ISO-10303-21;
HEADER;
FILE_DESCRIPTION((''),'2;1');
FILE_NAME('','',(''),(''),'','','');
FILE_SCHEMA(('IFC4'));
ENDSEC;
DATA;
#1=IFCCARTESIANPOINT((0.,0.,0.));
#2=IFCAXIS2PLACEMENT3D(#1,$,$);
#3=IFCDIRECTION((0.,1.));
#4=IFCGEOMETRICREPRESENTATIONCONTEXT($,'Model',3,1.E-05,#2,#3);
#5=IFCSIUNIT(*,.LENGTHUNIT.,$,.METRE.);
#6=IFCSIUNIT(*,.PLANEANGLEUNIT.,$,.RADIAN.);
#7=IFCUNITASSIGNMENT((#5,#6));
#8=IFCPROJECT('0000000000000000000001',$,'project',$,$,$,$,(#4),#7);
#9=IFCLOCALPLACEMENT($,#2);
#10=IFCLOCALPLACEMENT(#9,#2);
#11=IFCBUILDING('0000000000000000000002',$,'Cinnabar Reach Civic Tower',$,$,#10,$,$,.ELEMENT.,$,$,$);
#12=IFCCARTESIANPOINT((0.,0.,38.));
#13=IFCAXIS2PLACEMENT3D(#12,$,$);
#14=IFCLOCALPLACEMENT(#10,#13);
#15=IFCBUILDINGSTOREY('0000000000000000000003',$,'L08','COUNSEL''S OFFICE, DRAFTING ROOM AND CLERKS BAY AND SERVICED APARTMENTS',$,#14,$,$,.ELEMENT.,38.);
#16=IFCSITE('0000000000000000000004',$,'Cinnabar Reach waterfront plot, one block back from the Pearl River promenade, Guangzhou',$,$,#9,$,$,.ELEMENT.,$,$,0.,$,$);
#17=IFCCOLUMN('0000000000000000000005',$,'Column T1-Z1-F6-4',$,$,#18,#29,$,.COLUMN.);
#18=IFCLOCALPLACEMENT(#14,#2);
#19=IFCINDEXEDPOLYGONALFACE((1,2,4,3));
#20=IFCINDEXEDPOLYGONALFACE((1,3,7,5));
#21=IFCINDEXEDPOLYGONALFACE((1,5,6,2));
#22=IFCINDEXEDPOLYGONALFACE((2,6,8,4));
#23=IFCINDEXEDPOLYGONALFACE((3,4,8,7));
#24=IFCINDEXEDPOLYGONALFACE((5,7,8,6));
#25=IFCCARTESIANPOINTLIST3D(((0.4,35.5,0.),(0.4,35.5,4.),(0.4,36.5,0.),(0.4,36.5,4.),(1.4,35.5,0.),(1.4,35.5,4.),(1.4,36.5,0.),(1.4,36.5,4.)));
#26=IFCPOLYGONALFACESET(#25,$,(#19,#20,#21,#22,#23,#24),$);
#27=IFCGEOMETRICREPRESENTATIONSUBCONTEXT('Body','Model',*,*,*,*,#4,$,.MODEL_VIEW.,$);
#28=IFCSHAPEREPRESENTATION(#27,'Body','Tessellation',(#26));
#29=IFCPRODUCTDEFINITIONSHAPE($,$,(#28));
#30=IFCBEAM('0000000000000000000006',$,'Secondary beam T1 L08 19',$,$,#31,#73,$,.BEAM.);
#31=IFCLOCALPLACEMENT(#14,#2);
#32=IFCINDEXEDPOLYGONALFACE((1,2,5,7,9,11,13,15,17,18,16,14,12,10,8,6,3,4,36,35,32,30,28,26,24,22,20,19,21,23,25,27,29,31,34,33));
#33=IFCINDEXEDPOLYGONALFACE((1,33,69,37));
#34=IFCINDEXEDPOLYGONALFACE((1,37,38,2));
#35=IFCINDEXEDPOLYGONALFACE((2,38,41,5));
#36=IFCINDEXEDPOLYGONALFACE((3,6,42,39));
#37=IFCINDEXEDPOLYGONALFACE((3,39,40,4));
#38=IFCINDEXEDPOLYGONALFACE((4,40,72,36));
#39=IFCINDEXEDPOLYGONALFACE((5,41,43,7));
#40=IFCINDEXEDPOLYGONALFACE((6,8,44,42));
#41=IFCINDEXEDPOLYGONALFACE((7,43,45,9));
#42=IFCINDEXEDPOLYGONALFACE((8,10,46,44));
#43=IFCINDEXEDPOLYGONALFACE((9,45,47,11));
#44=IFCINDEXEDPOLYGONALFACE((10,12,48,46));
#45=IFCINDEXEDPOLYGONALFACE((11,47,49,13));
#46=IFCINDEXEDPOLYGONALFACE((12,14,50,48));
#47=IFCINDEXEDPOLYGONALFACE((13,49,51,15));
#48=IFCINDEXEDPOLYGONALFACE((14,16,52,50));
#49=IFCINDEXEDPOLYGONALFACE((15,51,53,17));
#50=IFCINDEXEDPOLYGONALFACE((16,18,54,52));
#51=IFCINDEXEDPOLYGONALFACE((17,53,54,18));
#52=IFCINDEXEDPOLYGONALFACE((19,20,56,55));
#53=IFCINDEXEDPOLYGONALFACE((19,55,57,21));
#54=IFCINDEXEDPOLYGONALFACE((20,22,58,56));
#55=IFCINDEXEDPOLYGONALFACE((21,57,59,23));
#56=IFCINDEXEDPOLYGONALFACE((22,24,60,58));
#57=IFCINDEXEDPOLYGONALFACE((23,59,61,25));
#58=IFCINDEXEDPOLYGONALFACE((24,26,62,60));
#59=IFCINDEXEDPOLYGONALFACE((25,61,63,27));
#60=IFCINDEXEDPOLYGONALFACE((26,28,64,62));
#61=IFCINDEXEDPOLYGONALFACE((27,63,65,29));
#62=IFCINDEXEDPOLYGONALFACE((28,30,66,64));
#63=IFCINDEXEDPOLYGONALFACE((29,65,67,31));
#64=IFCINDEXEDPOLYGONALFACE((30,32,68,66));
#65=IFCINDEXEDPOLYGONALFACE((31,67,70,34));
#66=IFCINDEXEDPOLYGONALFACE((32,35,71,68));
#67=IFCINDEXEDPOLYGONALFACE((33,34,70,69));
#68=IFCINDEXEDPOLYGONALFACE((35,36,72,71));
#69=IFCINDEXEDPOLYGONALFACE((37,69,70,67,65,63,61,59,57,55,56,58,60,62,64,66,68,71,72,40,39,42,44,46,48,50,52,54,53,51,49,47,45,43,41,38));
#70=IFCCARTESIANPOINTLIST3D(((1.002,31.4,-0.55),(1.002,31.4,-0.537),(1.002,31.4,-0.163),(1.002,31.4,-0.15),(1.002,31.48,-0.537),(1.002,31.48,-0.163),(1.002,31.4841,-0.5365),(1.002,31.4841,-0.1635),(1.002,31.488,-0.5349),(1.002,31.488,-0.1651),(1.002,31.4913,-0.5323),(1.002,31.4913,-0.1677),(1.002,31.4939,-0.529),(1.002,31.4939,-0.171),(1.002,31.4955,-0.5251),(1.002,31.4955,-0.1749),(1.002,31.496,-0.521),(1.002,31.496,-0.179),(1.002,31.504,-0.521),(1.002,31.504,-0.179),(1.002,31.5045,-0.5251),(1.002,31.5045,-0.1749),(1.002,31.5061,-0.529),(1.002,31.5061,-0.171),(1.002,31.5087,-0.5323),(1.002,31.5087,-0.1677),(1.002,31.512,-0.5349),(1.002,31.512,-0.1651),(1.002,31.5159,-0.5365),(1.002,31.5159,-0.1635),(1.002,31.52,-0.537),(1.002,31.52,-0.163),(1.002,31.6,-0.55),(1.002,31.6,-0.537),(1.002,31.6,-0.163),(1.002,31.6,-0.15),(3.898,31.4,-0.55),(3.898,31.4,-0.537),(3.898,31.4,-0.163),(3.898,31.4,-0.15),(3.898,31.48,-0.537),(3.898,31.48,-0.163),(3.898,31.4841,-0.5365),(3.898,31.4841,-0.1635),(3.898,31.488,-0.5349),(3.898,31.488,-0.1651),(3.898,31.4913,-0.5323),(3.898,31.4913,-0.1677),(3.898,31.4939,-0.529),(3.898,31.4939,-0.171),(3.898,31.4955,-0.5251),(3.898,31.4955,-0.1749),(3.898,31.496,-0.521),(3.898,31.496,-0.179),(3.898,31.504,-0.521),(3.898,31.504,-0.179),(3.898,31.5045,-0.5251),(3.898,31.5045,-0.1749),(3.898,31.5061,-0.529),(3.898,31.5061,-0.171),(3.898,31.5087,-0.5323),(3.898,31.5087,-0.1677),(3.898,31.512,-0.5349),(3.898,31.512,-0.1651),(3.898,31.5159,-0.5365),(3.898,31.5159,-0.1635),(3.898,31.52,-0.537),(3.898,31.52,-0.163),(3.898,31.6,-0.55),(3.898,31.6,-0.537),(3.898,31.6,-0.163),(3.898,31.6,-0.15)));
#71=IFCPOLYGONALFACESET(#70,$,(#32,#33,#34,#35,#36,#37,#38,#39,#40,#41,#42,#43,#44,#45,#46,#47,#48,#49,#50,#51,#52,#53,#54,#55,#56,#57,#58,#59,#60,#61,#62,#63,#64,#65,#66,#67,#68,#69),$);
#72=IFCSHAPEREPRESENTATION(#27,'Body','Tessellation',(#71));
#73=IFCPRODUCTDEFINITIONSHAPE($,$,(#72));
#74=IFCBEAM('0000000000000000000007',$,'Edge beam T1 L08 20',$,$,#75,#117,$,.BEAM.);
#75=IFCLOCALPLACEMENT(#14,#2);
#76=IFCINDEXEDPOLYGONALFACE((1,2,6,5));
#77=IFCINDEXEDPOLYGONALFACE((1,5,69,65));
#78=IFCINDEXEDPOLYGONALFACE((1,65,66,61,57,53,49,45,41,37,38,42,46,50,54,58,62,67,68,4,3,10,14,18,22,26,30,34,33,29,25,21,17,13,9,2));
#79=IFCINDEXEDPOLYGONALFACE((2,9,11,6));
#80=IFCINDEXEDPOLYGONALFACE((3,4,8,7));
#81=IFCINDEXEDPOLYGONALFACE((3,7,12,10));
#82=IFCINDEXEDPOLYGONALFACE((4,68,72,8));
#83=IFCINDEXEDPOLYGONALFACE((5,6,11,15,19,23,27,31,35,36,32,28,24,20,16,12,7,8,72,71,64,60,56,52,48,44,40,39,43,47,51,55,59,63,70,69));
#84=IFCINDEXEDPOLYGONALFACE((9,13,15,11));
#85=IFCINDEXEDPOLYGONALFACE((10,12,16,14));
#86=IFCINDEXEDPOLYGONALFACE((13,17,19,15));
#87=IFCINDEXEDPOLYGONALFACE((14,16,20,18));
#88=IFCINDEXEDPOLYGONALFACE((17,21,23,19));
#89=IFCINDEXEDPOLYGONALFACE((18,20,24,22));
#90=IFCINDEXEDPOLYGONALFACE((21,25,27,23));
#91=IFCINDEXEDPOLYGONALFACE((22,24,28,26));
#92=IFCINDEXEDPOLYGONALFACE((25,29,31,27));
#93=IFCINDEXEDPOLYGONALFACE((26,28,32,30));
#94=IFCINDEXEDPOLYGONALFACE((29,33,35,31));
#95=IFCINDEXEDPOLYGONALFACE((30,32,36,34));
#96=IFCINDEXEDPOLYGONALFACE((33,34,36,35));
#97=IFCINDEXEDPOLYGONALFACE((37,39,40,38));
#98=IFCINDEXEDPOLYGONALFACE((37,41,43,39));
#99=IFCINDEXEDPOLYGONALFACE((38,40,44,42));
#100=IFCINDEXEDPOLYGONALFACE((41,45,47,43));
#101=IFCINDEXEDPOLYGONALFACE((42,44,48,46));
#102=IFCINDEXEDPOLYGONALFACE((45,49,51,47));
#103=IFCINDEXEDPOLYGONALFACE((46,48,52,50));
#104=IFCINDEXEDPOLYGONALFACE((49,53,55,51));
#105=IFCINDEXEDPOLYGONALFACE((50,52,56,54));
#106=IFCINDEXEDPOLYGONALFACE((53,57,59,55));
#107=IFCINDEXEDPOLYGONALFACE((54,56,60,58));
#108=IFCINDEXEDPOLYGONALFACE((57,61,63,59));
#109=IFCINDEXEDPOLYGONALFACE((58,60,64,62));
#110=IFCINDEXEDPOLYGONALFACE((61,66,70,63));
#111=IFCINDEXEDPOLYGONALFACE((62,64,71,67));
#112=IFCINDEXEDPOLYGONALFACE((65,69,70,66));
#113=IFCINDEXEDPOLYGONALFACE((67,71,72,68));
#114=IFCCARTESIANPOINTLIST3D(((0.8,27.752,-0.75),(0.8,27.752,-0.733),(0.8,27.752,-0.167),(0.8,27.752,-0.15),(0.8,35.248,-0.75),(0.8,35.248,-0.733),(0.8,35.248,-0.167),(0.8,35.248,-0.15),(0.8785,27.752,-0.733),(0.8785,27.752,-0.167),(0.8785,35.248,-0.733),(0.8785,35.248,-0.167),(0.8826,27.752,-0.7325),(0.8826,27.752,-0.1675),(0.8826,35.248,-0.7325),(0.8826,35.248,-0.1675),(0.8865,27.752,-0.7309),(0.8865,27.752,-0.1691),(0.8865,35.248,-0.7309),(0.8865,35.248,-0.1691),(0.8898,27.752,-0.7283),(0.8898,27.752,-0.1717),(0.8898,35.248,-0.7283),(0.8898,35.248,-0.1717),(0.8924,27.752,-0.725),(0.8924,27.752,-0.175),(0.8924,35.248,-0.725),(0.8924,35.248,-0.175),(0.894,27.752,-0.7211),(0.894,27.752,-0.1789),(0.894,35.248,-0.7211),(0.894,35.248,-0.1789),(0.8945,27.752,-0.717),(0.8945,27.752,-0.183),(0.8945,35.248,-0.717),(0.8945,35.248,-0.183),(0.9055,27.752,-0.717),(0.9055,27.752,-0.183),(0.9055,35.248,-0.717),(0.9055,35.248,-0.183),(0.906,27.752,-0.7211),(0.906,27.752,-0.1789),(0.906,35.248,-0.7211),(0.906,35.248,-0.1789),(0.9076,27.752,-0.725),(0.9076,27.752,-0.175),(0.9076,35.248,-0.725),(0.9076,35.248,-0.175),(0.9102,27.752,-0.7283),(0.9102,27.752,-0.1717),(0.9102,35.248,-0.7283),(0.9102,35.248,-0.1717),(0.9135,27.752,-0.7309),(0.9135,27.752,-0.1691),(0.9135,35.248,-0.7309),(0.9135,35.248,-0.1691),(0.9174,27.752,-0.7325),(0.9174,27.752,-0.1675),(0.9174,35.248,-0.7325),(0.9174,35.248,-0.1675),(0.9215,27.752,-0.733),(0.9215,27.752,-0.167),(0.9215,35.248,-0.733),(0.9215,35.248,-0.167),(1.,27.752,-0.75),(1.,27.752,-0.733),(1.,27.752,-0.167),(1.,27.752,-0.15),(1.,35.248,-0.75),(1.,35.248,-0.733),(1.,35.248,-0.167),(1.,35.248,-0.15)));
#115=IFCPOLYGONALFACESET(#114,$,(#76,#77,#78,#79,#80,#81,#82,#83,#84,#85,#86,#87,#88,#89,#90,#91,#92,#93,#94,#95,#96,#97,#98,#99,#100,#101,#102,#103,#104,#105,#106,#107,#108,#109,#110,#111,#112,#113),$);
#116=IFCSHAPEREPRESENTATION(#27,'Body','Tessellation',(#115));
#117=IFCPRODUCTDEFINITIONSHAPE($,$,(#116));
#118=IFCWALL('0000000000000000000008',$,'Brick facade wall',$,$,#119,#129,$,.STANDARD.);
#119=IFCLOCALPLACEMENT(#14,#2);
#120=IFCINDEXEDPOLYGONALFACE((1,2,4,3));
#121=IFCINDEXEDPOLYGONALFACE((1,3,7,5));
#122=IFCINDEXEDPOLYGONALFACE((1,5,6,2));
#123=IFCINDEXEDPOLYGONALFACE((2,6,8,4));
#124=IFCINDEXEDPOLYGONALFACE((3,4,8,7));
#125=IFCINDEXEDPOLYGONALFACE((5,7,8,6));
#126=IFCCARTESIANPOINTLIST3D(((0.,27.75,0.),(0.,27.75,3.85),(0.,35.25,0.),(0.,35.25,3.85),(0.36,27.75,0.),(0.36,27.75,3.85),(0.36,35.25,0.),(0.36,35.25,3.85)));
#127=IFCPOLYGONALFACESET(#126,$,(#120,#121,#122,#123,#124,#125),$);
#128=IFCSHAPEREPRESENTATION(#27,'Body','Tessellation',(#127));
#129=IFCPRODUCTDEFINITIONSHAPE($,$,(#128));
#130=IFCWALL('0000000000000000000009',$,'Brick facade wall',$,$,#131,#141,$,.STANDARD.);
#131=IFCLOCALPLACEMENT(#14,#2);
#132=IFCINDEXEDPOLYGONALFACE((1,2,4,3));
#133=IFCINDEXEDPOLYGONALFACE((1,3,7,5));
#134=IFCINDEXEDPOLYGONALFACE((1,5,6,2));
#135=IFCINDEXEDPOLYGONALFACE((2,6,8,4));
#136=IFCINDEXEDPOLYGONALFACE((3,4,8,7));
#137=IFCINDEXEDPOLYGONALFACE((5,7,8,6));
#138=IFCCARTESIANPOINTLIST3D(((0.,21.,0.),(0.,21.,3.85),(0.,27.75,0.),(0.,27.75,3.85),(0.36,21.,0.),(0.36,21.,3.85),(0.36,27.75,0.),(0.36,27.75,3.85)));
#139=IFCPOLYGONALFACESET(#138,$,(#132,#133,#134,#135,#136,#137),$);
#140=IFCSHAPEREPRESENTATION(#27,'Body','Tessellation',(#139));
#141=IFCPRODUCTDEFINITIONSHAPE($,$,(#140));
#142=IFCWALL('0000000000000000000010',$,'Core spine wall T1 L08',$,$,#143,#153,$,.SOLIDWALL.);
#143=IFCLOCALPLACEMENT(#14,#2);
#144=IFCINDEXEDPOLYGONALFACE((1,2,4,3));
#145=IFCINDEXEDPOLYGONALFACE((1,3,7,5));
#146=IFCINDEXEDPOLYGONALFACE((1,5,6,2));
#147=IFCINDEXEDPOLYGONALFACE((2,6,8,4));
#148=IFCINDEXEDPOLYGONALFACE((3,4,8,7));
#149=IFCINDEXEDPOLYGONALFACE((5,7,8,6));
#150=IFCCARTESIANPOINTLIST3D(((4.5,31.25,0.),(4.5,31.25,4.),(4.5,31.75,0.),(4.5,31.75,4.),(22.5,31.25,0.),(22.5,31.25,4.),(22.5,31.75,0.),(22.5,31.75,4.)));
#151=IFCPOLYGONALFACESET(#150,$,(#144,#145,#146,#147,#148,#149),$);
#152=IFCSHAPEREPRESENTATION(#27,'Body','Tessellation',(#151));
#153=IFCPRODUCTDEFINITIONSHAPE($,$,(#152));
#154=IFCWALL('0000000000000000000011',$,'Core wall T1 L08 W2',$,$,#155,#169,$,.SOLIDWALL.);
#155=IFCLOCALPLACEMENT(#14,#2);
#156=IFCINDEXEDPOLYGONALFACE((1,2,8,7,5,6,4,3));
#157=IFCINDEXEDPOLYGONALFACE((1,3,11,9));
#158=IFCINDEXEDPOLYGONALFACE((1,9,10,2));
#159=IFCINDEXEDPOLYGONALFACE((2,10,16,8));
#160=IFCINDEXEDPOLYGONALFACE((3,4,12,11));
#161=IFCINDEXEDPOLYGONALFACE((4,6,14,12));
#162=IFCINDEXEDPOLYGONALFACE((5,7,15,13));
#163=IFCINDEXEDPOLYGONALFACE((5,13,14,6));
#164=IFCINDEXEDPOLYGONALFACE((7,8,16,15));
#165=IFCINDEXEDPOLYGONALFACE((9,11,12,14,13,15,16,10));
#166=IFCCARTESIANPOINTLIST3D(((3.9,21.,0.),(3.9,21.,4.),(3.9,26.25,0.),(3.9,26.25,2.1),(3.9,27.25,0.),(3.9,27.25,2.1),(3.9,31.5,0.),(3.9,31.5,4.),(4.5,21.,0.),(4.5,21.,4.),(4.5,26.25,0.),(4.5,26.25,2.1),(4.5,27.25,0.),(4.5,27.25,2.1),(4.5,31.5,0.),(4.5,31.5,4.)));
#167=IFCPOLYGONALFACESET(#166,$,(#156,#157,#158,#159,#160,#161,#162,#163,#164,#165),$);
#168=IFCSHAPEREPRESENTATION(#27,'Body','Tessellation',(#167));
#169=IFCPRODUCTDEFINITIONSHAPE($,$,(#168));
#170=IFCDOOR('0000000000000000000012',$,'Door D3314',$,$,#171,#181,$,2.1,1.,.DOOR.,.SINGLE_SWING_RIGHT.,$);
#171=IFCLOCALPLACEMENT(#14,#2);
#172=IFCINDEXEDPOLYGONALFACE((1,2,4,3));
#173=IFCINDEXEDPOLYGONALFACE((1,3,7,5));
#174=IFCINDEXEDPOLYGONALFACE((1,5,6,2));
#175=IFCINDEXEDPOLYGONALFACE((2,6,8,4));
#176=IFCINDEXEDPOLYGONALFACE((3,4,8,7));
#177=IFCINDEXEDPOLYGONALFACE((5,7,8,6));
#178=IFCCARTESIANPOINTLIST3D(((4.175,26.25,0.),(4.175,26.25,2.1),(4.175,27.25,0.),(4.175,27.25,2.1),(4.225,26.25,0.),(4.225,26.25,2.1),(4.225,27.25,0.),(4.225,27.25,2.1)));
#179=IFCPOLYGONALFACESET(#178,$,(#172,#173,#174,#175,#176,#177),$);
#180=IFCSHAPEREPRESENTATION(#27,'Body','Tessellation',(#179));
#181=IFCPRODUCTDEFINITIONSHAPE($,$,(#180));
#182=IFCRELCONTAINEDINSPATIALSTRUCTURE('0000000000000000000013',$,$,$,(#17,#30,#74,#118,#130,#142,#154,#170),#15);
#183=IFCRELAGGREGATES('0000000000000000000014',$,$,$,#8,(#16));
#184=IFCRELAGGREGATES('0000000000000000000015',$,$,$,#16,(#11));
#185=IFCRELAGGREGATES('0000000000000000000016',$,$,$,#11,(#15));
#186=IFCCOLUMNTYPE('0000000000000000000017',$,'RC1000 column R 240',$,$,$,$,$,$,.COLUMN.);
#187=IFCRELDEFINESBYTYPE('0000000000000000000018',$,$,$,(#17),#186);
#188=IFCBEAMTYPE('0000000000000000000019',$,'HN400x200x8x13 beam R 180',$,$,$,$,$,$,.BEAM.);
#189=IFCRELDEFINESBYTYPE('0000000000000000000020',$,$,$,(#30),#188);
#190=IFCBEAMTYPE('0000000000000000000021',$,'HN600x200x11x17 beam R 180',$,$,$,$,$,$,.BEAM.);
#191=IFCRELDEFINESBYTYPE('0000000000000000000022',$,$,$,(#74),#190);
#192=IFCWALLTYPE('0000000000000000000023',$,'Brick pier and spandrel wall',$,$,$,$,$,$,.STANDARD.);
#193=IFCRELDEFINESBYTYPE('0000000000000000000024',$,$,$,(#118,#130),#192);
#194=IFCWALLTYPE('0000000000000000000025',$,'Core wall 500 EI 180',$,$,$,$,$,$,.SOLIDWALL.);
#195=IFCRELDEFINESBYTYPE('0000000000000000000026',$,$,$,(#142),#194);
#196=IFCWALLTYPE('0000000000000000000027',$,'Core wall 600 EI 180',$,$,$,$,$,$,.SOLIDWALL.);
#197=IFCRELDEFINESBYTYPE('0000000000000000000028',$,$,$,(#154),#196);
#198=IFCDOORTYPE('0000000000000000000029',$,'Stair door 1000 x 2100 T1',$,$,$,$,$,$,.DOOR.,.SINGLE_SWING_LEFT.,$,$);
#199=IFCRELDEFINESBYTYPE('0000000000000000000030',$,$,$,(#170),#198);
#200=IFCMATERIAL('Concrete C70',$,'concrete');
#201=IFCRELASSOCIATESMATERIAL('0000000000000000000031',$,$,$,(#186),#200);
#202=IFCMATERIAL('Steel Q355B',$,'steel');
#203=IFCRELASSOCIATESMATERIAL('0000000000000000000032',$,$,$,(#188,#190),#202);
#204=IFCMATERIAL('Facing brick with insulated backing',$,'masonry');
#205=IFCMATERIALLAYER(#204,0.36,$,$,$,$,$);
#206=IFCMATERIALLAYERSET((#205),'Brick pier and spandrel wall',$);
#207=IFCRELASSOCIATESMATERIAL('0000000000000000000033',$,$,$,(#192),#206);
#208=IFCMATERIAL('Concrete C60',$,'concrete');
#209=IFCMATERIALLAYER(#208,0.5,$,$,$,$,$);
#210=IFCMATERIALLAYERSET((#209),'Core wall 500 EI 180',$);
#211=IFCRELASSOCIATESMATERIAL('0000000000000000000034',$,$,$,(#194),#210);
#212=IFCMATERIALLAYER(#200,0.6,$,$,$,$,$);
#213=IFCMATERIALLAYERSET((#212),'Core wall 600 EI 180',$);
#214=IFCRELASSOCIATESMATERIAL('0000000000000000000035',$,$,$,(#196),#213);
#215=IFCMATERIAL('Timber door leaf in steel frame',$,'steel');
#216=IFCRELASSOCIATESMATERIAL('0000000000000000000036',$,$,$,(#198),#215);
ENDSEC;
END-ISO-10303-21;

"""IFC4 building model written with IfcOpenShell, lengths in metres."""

from ifc_helpers import new_model, si_unit, direction, frame, frame_2d, origin, origin_2d, place, context, subcontext, project, spatial, rectangle, i_section, extrude, material, layer, layer_set, material_profile, profile_set, type_object, element, fill, save


model = new_model("IFC4")

# Units and contexts
model_context = context("Model", 3, precision=1e-05, world=origin(), true_north=direction((0.0, 1.0)))
body_context = subcontext(model_context, "Body", "Model", "MODEL_VIEW")
ifc_project = project(units=[si_unit("LENGTHUNIT", "METRE"), si_unit("PLANEANGLEUNIT", "RADIAN")], contexts=[model_context])

# Site, building, storey
site_placement = place(None, origin())
site = spatial("IfcSite", under=ifc_project, at=site_placement, Name="Cinnabar Reach waterfront plot, one block back from the Pearl River promenade, Guangzhou", CompositionType="ELEMENT", RefElevation=0.0)
building_placement = place(site_placement, origin())
building = spatial("IfcBuilding", under=site, at=building_placement, Name="Cinnabar Reach Civic Tower", CompositionType="ELEMENT")
storey_placement = place(building_placement, frame((0.0, 0.0, 38.0)))
storey = spatial("IfcBuildingStorey", under=building, at=storey_placement, Name="L08", Description="COUNSEL'S OFFICE, DRAFTING ROOM AND CLERKS BAY AND SERVICED APARTMENTS", CompositionType="ELEMENT", Elevation=38.0)

# Column
ifc_material_1 = material(Name="Concrete C70", Category="concrete")
ifc_material_profile_1 = material_profile(ifc_material_1, rectangle(XDim=1.0, YDim=1.0, at=origin_2d()), Name="RC1000")
ifc_profile_set_1 = profile_set([ifc_material_profile_1], Name="Concrete C70")
column_type = type_object("IfcColumnType", Name="RC1000 column R 240", PredefinedType="COLUMN", material=ifc_profile_set_1)
column_placement = place(storey_placement, frame((0.9, 36.0, 0.0), z_axis=(0.0, 0.0, 1.0), x_axis=(1.0, 0.0, 0.0)))
element("IfcColumn", 1, at=column_placement, inside=storey, type_object=column_type, Name="Column T1-Z1-F6-4", PredefinedType="COLUMN", context=body_context, shape_type="SweptSolid", body=[
    extrude(rectangle(XDim=1.0, YDim=1.0, at=origin_2d()), origin(), (0.0, 0.0, 1.0), 4.0),
])

# Beams
ifc_material_2 = material(Name="Steel Q355B", Category="steel")
ifc_material_profile_2 = material_profile(ifc_material_2, i_section(OverallWidth=0.2, OverallDepth=0.4, WebThickness=0.008, FlangeThickness=0.013, FilletRadius=0.016, at=origin_2d()), Name="HN400x200x8x13")
ifc_profile_set_2 = profile_set([ifc_material_profile_2], Name="Steel Q355B")
beam_type_1 = type_object("IfcBeamType", Name="HN400x200x8x13 beam R 180", PredefinedType="BEAM", material=ifc_profile_set_2)
beam_1_placement = place(storey_placement, frame((1.002, 31.5, -0.35), z_axis=(1.0, 0.0, 0.0), x_axis=(0.0, 1.0, 0.0)))
element("IfcBeam", 2, at=beam_1_placement, inside=storey, type_object=beam_type_1, Name="Secondary beam T1 L08 19", PredefinedType="BEAM", context=body_context, shape_type="SweptSolid", body=[
    extrude(i_section(OverallWidth=0.2, OverallDepth=0.4, WebThickness=0.008, FlangeThickness=0.013, FilletRadius=0.016, at=origin_2d()), origin(), (0.0, 0.0, 1.0), 2.896),
])
ifc_material_profile_3 = material_profile(ifc_material_2, i_section(OverallWidth=0.2, OverallDepth=0.6, WebThickness=0.011, FlangeThickness=0.017, FilletRadius=0.016, at=origin_2d()), Name="HN600x200x11x17")
ifc_profile_set_3 = profile_set([ifc_material_profile_3], Name="Steel Q355B")
beam_type_2 = type_object("IfcBeamType", Name="HN600x200x11x17 beam R 180", PredefinedType="BEAM", material=ifc_profile_set_3)
beam_2_placement = place(storey_placement, frame((0.9, 35.248, -0.45), z_axis=(0.0, -1.0, 0.0), x_axis=(1.0, 0.0, 0.0)))
element("IfcBeam", 3, at=beam_2_placement, inside=storey, type_object=beam_type_2, Name="Edge beam T1 L08 20", PredefinedType="BEAM", context=body_context, shape_type="SweptSolid", body=[
    extrude(i_section(OverallWidth=0.2, OverallDepth=0.6, WebThickness=0.011, FlangeThickness=0.017, FilletRadius=0.016, at=origin_2d()), origin(), (0.0, 0.0, 1.0), 7.496),
])

# Walls
ifc_material_3 = material(Name="Facing brick with insulated backing", Category="masonry")
ifc_layer_1 = layer(ifc_material_3, 0.36)
ifc_layer_set_1 = layer_set([ifc_layer_1], Name="Brick pier and spandrel wall")
wall_type_1 = type_object("IfcWallType", Name="Brick pier and spandrel wall", PredefinedType="STANDARD", material=ifc_layer_set_1)
wall_1_placement = place(storey_placement, frame((0.18, 35.25, 0.0), z_axis=(0.0, 0.0, 1.0), x_axis=(0.0, -1.0, 0.0)))
element("IfcWall", 4, at=wall_1_placement, inside=storey, type_object=wall_type_1, Name="Brick facade wall", PredefinedType="STANDARD", context=body_context, shape_type="SweptSolid", body=[
    extrude(rectangle(XDim=7.5, YDim=0.36, at=frame_2d((3.75, 0.0))), origin(), (0.0, 0.0, 1.0), 3.85),
])
wall_2_placement = place(storey_placement, frame((0.18, 27.75, 0.0), z_axis=(0.0, 0.0, 1.0), x_axis=(0.0, -1.0, 0.0)))
element("IfcWall", 5, at=wall_2_placement, inside=storey, type_object=wall_type_1, Name="Brick facade wall", PredefinedType="STANDARD", context=body_context, shape_type="SweptSolid", body=[
    extrude(rectangle(XDim=6.75, YDim=0.36, at=frame_2d((3.375, 0.0))), origin(), (0.0, 0.0, 1.0), 3.85),
])
ifc_material_4 = material(Name="Concrete C60", Category="concrete")
ifc_layer_2 = layer(ifc_material_4, 0.5)
ifc_layer_set_2 = layer_set([ifc_layer_2], Name="Core wall 500 EI 180")
wall_type_2 = type_object("IfcWallType", Name="Core wall 500 EI 180", PredefinedType="SOLIDWALL", material=ifc_layer_set_2)
wall_3_placement = place(storey_placement, frame((4.5, 31.5, 0.0), z_axis=(0.0, 0.0, 1.0), x_axis=(1.0, 0.0, 0.0)))
element("IfcWall", 6, at=wall_3_placement, inside=storey, type_object=wall_type_2, Name="Core spine wall T1 L08", PredefinedType="SOLIDWALL", context=body_context, shape_type="SweptSolid", body=[
    extrude(rectangle(XDim=18.0, YDim=0.5, at=frame_2d((9.0, 0.0))), origin(), (0.0, 0.0, 1.0), 4.0),
])

# Wall, opening, door
ifc_layer_3 = layer(ifc_material_1, 0.6)
ifc_layer_set_3 = layer_set([ifc_layer_3], Name="Core wall 600 EI 180")
wall_type_3 = type_object("IfcWallType", Name="Core wall 600 EI 180", PredefinedType="SOLIDWALL", material=ifc_layer_set_3)
wall_4_placement = place(storey_placement, frame((4.2, 31.5, 0.0), z_axis=(0.0, 0.0, 1.0), x_axis=(0.0, -1.0, 0.0)))
wall_4 = element("IfcWall", 7, at=wall_4_placement, inside=storey, type_object=wall_type_3, Name="Core wall T1 L08 W2", PredefinedType="SOLIDWALL", context=body_context, shape_type="SweptSolid", body=[
    extrude(rectangle(XDim=10.5, YDim=0.6, at=frame_2d((5.25, 0.0))), origin(), (0.0, 0.0, 1.0), 4.0),
])
opening_1_placement = place(wall_4_placement, frame((4.25, 0.0, 0.0)))
opening_1 = element("IfcOpeningElement", 8, at=opening_1_placement, cuts=wall_4, PredefinedType="OPENING", context=body_context, shape_type="SweptSolid", body=[
    extrude(rectangle(XDim=1.0, YDim=2.1, at=frame_2d((0.5, 1.05))), frame((0.0, 0.31, 0.0), z_axis=(0.0, -1.0, 0.0), x_axis=(1.0, 0.0, 0.0)), (0.0, 0.0, 1.0), 0.62),
])
ifc_material_5 = material(Name="Timber door leaf in steel frame", Category="steel")
door_type_1 = type_object("IfcDoorType", Name="Stair door 1000 x 2100 T1", OperationType="SINGLE_SWING_LEFT", PredefinedType="DOOR", material=ifc_material_5)
door_1_placement = place(opening_1_placement, frame((1.0, 0.0, 0.0), z_axis=(0.0, 0.0, 1.0), x_axis=(-1.0, 0.0, 0.0)))
door_1 = element("IfcDoor", 9, at=door_1_placement, inside=storey, type_object=door_type_1, Name="Door D3314", OperationType="SINGLE_SWING_RIGHT", OverallHeight=2.1, OverallWidth=1.0, PredefinedType="DOOR", context=body_context, shape_type="SweptSolid", body=[
    extrude(rectangle(XDim=1.0, YDim=2.1, at=frame_2d((0.5, 1.05))), frame((0.0, 0.025, 0.0), z_axis=(0.0, -1.0, 0.0), x_axis=(1.0, 0.0, 0.0)), (0.0, 0.0, 1.0), 0.05),
])
fill(opening_1, door_1)

save(model, "model.ifc")
